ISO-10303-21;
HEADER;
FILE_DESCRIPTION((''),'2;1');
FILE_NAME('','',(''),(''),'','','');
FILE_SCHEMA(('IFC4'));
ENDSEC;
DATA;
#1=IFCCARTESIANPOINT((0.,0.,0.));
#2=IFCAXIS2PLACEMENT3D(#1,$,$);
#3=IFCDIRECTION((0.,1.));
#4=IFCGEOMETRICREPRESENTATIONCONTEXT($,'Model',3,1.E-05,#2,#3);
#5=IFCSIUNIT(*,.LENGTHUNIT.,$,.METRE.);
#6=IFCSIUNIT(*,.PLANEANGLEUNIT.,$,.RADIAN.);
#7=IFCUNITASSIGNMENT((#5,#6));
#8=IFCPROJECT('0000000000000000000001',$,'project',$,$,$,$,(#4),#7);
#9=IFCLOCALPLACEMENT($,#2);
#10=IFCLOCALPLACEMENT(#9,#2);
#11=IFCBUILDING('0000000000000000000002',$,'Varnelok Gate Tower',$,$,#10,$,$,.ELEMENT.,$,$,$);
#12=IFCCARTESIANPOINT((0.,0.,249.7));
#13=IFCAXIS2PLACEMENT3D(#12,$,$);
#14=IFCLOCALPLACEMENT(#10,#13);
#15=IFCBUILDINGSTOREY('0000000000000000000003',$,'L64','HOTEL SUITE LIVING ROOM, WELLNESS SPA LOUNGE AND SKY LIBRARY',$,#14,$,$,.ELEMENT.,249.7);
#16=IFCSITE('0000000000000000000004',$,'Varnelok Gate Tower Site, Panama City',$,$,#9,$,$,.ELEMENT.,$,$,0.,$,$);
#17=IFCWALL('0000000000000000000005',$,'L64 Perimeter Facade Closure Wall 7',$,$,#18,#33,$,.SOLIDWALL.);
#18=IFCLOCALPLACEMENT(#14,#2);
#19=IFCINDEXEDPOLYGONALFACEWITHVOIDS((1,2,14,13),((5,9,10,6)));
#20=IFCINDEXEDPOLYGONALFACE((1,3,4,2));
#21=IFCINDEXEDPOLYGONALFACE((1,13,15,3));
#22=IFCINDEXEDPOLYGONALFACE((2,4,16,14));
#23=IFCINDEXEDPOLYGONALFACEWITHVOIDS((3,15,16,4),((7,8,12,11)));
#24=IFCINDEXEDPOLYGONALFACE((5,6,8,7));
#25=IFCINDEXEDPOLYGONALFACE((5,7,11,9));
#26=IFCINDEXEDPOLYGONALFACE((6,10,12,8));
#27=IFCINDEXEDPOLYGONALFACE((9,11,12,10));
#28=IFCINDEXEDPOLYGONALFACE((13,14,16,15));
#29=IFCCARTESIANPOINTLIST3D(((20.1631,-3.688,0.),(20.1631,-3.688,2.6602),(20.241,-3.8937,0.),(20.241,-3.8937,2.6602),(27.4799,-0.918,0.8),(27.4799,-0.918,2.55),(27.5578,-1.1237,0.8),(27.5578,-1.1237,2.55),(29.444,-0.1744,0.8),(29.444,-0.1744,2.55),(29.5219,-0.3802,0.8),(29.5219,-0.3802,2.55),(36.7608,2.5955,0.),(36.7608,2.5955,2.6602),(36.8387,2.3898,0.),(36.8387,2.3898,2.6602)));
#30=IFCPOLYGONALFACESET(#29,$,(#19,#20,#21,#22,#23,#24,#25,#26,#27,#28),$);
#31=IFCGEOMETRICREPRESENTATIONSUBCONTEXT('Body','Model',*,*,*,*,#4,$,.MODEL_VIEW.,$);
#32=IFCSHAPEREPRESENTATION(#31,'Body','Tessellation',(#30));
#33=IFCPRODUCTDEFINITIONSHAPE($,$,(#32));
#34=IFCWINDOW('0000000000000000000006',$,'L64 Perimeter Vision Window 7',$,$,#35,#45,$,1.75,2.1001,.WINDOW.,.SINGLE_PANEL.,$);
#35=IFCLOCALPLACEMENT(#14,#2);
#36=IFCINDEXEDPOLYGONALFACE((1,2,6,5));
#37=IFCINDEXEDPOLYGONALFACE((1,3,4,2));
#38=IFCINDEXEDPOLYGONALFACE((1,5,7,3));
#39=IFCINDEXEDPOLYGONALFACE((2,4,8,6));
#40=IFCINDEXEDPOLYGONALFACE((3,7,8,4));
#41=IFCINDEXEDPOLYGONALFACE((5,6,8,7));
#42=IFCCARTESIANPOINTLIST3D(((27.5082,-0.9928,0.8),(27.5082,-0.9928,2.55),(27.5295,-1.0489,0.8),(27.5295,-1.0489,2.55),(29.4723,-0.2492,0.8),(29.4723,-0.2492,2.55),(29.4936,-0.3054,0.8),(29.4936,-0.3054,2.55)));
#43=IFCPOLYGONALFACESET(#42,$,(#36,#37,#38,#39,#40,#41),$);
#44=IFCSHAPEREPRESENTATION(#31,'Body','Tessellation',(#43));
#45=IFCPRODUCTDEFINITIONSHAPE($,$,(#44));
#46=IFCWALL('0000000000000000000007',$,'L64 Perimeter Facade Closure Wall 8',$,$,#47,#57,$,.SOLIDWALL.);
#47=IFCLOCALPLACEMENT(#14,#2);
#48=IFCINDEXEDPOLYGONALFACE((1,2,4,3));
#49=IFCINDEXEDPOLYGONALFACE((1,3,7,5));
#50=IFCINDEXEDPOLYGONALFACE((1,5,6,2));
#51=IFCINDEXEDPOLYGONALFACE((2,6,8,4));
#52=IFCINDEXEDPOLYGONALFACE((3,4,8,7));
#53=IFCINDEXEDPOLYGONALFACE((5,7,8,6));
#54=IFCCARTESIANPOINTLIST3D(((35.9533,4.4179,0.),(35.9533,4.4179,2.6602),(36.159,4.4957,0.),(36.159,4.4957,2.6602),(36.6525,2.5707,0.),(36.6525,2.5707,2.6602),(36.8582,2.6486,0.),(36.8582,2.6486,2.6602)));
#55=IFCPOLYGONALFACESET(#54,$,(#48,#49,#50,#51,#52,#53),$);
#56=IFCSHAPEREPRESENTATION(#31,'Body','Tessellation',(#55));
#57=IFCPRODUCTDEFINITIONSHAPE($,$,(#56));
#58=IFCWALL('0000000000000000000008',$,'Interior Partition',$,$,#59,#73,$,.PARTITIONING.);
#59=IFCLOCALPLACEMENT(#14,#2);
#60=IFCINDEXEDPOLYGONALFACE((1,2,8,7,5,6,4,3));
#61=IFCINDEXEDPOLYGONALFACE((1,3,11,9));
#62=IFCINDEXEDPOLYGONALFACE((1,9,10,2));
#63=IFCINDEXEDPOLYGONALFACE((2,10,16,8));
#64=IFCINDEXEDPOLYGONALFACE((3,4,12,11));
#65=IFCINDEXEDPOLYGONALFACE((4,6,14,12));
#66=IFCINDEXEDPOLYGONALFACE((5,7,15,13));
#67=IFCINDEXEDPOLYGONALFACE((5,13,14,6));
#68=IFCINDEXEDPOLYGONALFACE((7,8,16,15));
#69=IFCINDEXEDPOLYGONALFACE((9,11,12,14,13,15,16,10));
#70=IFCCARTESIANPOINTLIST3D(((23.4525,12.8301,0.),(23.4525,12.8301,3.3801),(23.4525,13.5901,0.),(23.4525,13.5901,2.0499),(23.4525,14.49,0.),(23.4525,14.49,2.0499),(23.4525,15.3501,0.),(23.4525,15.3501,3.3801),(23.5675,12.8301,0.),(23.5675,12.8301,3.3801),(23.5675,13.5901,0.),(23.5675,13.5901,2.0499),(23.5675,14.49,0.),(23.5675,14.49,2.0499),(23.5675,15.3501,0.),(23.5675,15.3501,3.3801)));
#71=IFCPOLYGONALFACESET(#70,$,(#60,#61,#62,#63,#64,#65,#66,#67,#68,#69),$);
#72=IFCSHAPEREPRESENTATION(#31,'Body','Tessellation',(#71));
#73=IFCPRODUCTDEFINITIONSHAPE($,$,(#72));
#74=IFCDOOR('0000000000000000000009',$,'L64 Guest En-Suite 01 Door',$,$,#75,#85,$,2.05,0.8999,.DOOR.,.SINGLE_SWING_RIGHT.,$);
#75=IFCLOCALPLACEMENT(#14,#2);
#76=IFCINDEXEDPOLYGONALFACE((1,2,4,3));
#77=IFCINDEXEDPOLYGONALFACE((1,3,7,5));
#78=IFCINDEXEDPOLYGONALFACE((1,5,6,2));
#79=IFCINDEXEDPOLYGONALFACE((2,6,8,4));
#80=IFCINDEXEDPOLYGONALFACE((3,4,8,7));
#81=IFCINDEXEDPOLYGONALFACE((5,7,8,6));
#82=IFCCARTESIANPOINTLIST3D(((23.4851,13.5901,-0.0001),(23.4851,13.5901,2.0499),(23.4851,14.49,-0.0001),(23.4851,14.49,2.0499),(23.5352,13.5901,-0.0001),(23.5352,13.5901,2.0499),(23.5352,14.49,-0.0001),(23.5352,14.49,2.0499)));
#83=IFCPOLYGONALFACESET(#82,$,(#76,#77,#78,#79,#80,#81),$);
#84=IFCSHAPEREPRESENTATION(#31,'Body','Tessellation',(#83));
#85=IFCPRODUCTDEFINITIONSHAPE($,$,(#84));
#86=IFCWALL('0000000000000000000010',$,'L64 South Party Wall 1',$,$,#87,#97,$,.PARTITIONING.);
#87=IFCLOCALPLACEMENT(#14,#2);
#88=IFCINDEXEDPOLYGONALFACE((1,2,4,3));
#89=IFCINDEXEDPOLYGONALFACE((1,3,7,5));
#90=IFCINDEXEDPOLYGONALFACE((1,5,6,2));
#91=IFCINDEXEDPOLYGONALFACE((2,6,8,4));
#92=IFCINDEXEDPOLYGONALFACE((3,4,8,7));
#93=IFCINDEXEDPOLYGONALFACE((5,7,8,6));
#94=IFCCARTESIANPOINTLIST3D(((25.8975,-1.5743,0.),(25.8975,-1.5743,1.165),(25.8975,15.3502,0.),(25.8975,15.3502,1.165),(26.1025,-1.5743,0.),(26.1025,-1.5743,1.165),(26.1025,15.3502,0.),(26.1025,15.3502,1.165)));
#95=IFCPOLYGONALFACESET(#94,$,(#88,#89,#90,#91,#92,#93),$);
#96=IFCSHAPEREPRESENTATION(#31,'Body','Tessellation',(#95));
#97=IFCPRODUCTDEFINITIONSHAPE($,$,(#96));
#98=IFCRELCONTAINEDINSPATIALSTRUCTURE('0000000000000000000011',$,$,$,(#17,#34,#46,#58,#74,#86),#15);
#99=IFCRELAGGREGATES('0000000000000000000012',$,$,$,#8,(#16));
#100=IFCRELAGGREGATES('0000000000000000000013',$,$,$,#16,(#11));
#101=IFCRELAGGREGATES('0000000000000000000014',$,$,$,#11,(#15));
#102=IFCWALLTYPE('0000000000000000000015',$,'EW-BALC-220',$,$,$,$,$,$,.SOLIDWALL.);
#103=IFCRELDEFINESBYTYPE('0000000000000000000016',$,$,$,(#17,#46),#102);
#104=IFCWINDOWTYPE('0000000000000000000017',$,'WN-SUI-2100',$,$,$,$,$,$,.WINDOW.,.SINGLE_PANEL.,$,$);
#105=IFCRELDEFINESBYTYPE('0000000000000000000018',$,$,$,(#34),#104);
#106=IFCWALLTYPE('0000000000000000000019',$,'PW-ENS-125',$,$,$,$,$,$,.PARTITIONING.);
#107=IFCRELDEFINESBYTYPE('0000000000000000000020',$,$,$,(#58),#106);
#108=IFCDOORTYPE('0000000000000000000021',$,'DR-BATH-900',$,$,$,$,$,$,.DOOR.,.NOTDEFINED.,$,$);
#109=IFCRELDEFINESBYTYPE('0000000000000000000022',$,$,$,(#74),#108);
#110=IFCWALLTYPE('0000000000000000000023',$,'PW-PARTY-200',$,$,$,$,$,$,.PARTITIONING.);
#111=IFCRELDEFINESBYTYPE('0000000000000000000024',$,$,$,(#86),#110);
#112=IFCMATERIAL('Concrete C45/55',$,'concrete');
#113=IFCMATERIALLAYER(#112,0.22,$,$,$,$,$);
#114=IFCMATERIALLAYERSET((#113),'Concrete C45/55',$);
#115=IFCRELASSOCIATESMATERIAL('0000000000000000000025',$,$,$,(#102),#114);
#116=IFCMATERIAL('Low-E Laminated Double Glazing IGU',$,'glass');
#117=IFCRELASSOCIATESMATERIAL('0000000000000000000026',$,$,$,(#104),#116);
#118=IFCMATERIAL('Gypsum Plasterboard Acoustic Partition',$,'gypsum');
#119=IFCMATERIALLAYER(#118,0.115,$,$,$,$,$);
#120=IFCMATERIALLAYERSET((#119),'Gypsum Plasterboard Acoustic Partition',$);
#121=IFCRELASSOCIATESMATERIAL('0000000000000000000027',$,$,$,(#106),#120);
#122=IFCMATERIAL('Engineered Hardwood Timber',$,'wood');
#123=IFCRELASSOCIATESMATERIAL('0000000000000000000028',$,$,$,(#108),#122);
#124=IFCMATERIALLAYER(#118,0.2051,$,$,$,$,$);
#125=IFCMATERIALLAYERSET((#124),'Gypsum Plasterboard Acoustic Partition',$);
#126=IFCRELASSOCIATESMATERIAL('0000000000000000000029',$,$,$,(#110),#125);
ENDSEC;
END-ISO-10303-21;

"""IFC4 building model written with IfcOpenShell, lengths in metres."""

from ifc_helpers import new_model, si_unit, direction, frame, frame_2d, origin, place, context, subcontext, project, spatial, rectangle, extrude, material, layer, layer_set, type_object, element, fill, save


model = new_model("IFC4")

# Units and contexts
model_context = context("Model", 3, precision=1e-05, world=origin(), true_north=direction((0.0, 1.0)))
body_context = subcontext(model_context, "Body", "Model", "MODEL_VIEW")
ifc_project = project(units=[si_unit("LENGTHUNIT", "METRE"), si_unit("PLANEANGLEUNIT", "RADIAN")], contexts=[model_context])

# Site, building, storey
site_placement = place(None, origin())
site = spatial("IfcSite", under=ifc_project, at=site_placement, Name="Varnelok Gate Tower Site, Panama City", CompositionType="ELEMENT", RefElevation=0.0)
building_placement = place(site_placement, origin())
building = spatial("IfcBuilding", under=site, at=building_placement, Name="Varnelok Gate Tower", CompositionType="ELEMENT")
storey_placement = place(building_placement, frame((0.0, 0.0, 249.7)))
storey = spatial("IfcBuildingStorey", under=building, at=storey_placement, Name="L64", Description="HOTEL SUITE LIVING ROOM, WELLNESS SPA LOUNGE AND SKY LIBRARY", CompositionType="ELEMENT", Elevation=249.7)

# Shared definitions
ifc_material_1 = material(Name="Concrete C45/55", Category="concrete")
ifc_layer_1 = layer(ifc_material_1, 0.22)
ifc_layer_set_1 = layer_set([ifc_layer_1], Name="Concrete C45/55")
wall_type_1 = type_object("IfcWallType", Name="EW-BALC-220", PredefinedType="SOLIDWALL", material=ifc_layer_set_1)

# Wall, opening, window
wall_1_placement = place(storey_placement, frame((20.2021, -3.7908, 0.0), z_axis=(0.0, 0.0, 1.0), x_axis=(0.935226, 0.354052, 0.0)))
wall_1 = element("IfcWall", 1, at=wall_1_placement, inside=storey, type_object=wall_type_1, Name="L64 Perimeter Facade Closure Wall 7", PredefinedType="SOLIDWALL", context=body_context, shape_type="SweptSolid", body=[
    extrude(rectangle(XDim=17.7473, YDim=0.22, at=frame_2d((8.8735, 0.0))), origin(), (0.0, 0.0, 1.0), 2.6602),
])
opening_1_placement = place(wall_1_placement, frame((7.8235, 0.0, 0.8)))
opening_1 = element("IfcOpeningElement", 2, at=opening_1_placement, cuts=wall_1, PredefinedType="OPENING", context=body_context, shape_type="SweptSolid", body=[
    extrude(rectangle(XDim=2.1001, YDim=1.75, at=frame_2d((1.05, 0.875))), frame((0.0, 0.1199, 0.0), z_axis=(0.0, -1.0, 0.0), x_axis=(1.0, 0.0, 0.0)), (0.0, 0.0, 1.0), 0.24),
])
ifc_material_2 = material(Name="Low-E Laminated Double Glazing IGU", Category="glass")
window_type = type_object("IfcWindowType", Name="WN-SUI-2100", PartitioningType="SINGLE_PANEL", PredefinedType="WINDOW", material=ifc_material_2)
window_placement = place(opening_1_placement, origin())
window = element("IfcWindow", 3, at=window_placement, inside=storey, type_object=window_type, Name="L64 Perimeter Vision Window 7", OverallHeight=1.75, OverallWidth=2.1001, PartitioningType="SINGLE_PANEL", PredefinedType="WINDOW", context=body_context, shape_type="SweptSolid", body=[
    extrude(rectangle(XDim=2.1001, YDim=1.75, at=frame_2d((1.05, 0.875))), frame((0.0, 0.03, 0.0), z_axis=(0.0, -1.0, 0.0), x_axis=(1.0, 0.0, 0.0)), (0.0, 0.0, 1.0), 0.0601),
])
fill(opening_1, window)

# Wall
wall_2_placement = place(storey_placement, frame((36.7554, 2.6096, 0.0), z_axis=(0.0, 0.0, 1.0), x_axis=(-0.354021, 0.935238, 0.0)))
element("IfcWall", 4, at=wall_2_placement, inside=storey, type_object=wall_type_1, Name="L64 Perimeter Facade Closure Wall 8", PredefinedType="SOLIDWALL", context=body_context, shape_type="SweptSolid", body=[
    extrude(rectangle(XDim=1.9751, YDim=0.22, at=frame_2d((0.9875, 0.0))), origin(), (0.0, 0.0, 1.0), 2.6602),
])

# Wall, opening, door
ifc_material_3 = material(Name="Gypsum Plasterboard Acoustic Partition", Category="gypsum")
ifc_layer_2 = layer(ifc_material_3, 0.115)
ifc_layer_set_2 = layer_set([ifc_layer_2], Name="Gypsum Plasterboard Acoustic Partition")
wall_type_2 = type_object("IfcWallType", Name="PW-ENS-125", PredefinedType="PARTITIONING", material=ifc_layer_set_2)
wall_3_placement = place(storey_placement, frame((23.51, 12.8301, 0.0), z_axis=(0.0, 0.0, 1.0), x_axis=(0.0, 1.0, 0.0)))
wall_3 = element("IfcWall", 5, at=wall_3_placement, inside=storey, type_object=wall_type_2, Name="Interior Partition", PredefinedType="PARTITIONING", context=body_context, shape_type="SweptSolid", body=[
    extrude(rectangle(XDim=2.52, YDim=0.115, at=frame_2d((1.26, 0.0))), origin(), (0.0, 0.0, 1.0), 3.3801),
])
opening_2_placement = place(wall_3_placement, frame((0.76, 0.0, 0.0)))
opening_2 = element("IfcOpeningElement", 6, at=opening_2_placement, cuts=wall_3, PredefinedType="OPENING", context=body_context, shape_type="SweptSolid", body=[
    extrude(rectangle(XDim=0.8999, YDim=2.05, at=frame_2d((0.45, 1.0249))), frame((0.0, 0.0674, 0.0), z_axis=(0.0, -1.0, 0.0), x_axis=(1.0, 0.0, 0.0)), (0.0, 0.0, 1.0), 0.135),
])
ifc_material_4 = material(Name="Engineered Hardwood Timber", Category="wood")
door_type = type_object("IfcDoorType", Name="DR-BATH-900", OperationType="NOTDEFINED", PredefinedType="DOOR", material=ifc_material_4)
door_placement = place(opening_2_placement, origin())
door = element("IfcDoor", 7, at=door_placement, inside=storey, type_object=door_type, Name="L64 Guest En-Suite 01 Door", OperationType="SINGLE_SWING_RIGHT", OverallHeight=2.05, OverallWidth=0.8999, PredefinedType="DOOR", context=body_context, shape_type="SweptSolid", body=[
    extrude(rectangle(XDim=0.8999, YDim=2.05, at=frame_2d((0.45, 1.0249))), frame((0.0, 0.0249, 0.0), z_axis=(0.0, -1.0, 0.0), x_axis=(1.0, 0.0, 0.0)), (0.0, 0.0, 1.0), 0.05),
])
fill(opening_2, door)

# Wall
ifc_layer_3 = layer(ifc_material_3, 0.2051)
ifc_layer_set_3 = layer_set([ifc_layer_3], Name="Gypsum Plasterboard Acoustic Partition")
wall_type_3 = type_object("IfcWallType", Name="PW-PARTY-200", PredefinedType="PARTITIONING", material=ifc_layer_set_3)
wall_4_placement = place(storey_placement, frame((26.0, -1.5745, 0.0), z_axis=(0.0, 0.0, 1.0), x_axis=(0.0, 1.0, 0.0)))
element("IfcWall", 8, at=wall_4_placement, inside=storey, type_object=wall_type_3, Name="L64 South Party Wall 1", PredefinedType="PARTITIONING", context=body_context, shape_type="SweptSolid", body=[
    extrude(rectangle(XDim=16.9246, YDim=0.2051, at=frame_2d((8.4624, 0.0))), origin(), (0.0, 0.0, 1.0), 1.165),
])

save(model, "model.ifc")
